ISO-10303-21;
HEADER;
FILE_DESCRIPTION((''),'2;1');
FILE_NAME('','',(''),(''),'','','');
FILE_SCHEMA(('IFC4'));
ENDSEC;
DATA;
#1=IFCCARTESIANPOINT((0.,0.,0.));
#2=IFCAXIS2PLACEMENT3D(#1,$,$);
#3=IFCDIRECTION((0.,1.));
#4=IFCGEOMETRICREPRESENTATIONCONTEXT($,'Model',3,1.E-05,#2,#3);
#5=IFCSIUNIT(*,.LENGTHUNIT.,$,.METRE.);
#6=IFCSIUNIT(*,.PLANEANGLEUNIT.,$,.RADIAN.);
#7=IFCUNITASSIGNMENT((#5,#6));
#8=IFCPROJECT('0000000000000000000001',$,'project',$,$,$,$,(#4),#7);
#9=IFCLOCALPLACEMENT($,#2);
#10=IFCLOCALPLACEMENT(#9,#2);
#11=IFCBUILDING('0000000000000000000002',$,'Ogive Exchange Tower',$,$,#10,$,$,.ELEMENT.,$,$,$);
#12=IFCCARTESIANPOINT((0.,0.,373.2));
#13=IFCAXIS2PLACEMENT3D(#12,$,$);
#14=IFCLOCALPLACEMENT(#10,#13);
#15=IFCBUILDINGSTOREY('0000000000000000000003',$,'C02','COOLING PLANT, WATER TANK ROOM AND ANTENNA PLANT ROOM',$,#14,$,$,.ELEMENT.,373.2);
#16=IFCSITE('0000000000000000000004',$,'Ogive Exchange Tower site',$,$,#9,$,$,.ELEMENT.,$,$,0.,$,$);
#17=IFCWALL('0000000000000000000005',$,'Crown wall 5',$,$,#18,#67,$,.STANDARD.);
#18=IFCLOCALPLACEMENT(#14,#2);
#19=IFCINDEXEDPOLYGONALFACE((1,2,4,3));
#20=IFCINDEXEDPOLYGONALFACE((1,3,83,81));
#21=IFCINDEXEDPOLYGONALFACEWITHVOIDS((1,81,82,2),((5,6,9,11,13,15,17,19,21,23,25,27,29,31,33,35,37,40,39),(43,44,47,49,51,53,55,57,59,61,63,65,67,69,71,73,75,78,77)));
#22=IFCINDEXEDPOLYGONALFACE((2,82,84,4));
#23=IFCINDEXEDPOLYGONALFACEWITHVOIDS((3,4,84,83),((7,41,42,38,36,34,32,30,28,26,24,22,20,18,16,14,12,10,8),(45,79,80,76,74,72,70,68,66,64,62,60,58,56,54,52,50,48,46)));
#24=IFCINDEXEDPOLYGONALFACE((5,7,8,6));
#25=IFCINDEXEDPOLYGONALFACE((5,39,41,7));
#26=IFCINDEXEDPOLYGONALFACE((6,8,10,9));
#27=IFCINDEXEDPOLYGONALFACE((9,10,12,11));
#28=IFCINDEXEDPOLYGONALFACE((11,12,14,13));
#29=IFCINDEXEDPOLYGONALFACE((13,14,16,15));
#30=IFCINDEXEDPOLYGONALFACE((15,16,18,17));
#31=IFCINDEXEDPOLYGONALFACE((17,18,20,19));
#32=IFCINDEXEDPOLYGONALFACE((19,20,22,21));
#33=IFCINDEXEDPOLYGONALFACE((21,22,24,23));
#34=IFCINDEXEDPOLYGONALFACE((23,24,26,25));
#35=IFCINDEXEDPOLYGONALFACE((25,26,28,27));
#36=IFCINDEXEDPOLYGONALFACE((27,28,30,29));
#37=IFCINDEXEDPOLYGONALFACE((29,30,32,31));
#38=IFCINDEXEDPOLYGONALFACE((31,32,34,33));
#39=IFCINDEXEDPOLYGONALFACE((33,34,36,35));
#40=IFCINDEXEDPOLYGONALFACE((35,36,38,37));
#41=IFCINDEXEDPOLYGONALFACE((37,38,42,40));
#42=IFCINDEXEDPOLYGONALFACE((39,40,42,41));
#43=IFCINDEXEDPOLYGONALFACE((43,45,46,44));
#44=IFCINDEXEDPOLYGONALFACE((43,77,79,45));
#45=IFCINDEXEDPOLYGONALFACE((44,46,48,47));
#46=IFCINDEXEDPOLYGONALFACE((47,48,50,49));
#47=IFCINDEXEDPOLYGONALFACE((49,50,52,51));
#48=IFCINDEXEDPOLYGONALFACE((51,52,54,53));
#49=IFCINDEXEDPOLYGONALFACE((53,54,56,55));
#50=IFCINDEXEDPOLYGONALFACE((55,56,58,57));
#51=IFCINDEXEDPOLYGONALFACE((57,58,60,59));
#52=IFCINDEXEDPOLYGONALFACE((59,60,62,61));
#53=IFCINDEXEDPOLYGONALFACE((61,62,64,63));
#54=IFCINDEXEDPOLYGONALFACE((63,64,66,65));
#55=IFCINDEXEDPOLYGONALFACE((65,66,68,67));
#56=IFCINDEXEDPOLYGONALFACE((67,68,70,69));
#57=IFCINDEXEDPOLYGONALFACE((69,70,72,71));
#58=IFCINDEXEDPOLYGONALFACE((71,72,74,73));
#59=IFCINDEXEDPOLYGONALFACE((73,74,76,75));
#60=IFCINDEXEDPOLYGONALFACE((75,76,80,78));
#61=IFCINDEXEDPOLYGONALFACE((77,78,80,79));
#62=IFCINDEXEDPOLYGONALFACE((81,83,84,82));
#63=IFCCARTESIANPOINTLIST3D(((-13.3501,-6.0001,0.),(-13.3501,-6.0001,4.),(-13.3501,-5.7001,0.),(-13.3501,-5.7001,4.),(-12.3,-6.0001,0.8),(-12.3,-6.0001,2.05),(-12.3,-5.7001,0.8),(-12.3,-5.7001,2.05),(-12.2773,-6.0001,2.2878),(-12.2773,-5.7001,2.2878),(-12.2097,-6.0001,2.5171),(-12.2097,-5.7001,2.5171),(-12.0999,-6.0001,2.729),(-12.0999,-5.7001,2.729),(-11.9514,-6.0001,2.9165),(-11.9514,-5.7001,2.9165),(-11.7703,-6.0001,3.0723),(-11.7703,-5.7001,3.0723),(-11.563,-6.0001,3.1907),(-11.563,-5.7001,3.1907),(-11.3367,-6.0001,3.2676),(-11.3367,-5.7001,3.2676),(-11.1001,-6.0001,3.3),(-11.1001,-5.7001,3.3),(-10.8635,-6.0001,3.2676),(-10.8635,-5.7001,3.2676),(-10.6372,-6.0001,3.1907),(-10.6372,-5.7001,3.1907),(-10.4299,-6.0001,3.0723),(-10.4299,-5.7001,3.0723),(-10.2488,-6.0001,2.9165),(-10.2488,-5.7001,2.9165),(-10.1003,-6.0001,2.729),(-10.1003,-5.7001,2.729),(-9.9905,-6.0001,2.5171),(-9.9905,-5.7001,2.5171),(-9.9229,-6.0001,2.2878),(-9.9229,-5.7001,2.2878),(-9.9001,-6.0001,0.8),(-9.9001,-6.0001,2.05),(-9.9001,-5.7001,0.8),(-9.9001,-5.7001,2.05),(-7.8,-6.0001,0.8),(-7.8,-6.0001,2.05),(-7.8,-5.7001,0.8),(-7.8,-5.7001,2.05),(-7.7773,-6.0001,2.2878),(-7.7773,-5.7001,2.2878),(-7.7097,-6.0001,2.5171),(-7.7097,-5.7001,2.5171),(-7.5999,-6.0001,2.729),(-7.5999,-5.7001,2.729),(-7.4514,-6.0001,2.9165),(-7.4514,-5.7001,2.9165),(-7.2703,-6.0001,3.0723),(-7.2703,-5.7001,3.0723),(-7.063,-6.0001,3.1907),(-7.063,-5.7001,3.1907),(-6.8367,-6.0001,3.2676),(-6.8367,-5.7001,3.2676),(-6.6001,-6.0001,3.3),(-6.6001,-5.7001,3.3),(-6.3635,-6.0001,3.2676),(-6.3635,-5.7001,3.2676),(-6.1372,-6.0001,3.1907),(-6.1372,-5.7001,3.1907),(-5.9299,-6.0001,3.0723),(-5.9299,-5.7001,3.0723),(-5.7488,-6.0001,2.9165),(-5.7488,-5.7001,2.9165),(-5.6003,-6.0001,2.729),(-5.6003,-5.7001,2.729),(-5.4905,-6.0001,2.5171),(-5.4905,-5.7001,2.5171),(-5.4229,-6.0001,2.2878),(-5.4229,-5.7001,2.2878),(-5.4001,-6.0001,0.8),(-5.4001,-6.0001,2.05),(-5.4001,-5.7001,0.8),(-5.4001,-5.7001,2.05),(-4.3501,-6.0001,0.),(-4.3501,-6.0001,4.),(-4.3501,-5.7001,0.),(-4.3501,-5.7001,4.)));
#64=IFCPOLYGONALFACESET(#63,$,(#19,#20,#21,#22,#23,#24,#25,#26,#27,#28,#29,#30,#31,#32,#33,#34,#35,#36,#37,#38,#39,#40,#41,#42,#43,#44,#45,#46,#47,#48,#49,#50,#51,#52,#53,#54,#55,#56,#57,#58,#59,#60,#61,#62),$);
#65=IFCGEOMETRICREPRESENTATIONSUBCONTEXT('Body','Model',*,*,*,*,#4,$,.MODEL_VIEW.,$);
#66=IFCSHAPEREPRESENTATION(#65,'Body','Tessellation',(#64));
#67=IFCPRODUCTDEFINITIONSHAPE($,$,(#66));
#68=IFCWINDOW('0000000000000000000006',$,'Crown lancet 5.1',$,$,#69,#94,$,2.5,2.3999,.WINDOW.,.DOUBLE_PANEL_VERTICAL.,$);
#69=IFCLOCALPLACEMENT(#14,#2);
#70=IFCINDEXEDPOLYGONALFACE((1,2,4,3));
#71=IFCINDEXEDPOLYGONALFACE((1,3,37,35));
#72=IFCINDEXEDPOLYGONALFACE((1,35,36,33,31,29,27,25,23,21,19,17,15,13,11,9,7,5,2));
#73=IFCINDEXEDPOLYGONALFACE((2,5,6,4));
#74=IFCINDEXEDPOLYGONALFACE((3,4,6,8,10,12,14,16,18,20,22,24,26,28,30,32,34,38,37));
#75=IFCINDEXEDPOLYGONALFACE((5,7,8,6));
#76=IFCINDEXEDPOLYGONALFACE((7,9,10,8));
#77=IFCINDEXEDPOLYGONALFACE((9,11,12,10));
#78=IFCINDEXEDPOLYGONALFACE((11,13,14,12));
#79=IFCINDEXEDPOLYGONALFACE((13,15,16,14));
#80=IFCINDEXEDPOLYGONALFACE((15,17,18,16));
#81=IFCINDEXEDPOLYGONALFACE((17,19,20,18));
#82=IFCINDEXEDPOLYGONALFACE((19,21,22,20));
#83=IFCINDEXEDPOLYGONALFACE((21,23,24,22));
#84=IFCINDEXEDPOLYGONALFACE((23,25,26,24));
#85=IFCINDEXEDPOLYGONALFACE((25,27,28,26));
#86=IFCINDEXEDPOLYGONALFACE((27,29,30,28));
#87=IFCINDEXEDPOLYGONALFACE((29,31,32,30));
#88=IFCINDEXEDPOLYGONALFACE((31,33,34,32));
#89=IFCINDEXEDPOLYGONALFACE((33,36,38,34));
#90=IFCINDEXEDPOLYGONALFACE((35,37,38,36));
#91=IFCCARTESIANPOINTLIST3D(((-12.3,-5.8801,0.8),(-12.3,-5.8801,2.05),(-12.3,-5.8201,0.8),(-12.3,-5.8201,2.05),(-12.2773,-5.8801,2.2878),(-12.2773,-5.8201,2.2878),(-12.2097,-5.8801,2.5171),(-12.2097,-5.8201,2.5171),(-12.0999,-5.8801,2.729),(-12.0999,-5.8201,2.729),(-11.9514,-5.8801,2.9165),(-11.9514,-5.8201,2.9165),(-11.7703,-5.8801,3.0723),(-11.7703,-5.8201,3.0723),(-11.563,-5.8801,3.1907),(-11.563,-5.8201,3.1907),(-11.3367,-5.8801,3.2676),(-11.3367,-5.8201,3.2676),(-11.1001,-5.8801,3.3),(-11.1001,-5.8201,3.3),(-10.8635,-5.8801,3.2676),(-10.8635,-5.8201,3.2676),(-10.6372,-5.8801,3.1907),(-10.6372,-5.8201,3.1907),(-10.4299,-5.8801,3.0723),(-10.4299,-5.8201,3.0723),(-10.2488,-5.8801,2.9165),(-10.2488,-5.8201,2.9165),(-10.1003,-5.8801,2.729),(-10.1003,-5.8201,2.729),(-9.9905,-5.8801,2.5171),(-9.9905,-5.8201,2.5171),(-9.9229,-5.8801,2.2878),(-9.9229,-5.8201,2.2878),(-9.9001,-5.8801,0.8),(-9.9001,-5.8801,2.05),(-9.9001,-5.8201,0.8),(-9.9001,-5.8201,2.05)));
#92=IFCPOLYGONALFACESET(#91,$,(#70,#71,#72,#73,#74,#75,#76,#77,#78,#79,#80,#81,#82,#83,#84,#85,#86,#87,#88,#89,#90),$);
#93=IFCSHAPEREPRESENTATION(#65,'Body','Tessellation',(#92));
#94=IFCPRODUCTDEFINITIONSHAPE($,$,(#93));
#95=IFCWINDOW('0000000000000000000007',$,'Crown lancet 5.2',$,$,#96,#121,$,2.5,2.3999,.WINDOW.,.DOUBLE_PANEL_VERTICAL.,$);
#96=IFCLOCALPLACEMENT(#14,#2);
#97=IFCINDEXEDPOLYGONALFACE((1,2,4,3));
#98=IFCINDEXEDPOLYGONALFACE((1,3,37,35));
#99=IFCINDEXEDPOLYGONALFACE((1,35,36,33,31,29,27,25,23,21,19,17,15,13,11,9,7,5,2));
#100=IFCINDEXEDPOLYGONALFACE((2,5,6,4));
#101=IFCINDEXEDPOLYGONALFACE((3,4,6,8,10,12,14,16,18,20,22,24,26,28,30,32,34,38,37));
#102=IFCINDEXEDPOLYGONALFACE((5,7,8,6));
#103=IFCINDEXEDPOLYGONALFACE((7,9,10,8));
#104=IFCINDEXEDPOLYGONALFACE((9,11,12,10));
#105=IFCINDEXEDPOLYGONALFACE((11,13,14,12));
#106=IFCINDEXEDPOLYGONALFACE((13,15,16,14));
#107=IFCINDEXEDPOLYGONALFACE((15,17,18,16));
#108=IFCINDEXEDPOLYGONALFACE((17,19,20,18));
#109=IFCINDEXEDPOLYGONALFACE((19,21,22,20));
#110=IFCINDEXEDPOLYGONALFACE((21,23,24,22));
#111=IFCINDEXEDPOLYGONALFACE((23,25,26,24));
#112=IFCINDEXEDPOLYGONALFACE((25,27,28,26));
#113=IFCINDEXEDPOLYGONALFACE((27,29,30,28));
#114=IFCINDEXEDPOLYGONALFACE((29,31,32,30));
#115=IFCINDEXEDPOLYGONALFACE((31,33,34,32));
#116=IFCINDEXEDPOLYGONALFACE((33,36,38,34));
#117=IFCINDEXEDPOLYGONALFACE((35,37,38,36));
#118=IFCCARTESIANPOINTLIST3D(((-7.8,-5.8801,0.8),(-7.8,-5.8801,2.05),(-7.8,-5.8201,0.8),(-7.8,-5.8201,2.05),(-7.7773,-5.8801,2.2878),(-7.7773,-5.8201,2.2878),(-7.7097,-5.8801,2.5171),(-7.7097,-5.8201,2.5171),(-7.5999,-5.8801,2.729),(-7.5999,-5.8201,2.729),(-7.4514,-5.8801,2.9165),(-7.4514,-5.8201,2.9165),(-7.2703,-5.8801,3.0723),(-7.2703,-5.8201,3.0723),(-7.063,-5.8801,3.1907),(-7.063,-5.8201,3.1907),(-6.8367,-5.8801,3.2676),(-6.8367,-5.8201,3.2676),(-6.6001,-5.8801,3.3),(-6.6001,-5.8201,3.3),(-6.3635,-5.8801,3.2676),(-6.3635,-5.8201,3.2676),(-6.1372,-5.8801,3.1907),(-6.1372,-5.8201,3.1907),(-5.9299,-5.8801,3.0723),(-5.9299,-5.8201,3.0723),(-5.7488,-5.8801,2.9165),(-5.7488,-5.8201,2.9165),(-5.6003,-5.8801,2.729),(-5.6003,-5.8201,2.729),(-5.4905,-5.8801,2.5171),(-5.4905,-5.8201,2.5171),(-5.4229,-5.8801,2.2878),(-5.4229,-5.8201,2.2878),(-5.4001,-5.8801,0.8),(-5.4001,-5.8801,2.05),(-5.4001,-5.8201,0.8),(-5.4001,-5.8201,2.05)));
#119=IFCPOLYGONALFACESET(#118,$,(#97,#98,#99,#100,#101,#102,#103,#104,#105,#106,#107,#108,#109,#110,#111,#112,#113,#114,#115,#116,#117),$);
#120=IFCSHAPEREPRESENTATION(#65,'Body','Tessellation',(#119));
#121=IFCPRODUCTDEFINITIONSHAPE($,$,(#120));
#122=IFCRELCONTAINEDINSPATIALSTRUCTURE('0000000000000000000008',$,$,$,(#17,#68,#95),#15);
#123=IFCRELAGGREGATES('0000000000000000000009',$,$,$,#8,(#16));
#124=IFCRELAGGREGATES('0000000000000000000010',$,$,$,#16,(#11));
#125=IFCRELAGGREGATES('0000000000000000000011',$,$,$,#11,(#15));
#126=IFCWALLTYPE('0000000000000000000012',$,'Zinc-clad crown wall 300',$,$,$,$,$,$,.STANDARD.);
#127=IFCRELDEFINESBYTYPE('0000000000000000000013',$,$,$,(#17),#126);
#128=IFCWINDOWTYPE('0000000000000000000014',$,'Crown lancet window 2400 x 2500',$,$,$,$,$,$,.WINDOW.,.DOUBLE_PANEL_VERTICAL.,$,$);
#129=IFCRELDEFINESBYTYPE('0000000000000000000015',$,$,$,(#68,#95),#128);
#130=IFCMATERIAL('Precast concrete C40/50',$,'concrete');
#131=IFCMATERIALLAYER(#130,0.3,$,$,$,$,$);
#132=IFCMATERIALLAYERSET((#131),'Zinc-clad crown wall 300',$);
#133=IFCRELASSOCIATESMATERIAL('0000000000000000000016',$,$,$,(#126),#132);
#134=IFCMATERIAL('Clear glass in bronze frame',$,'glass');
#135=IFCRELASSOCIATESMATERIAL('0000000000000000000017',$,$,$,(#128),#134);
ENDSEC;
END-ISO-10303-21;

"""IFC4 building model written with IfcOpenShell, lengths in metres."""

from ifc_helpers import new_model, si_unit, direction, frame, frame_2d, origin, place, context, subcontext, project, spatial, polyline, rectangle, outline, extrude, material, layer, layer_set, type_object, element, fill, save


model = new_model("IFC4")

# Units and contexts
model_context = context("Model", 3, precision=1e-05, world=origin(), true_north=direction((0.0, 1.0)))
body_context = subcontext(model_context, "Body", "Model", "MODEL_VIEW")
ifc_project = project(units=[si_unit("LENGTHUNIT", "METRE"), si_unit("PLANEANGLEUNIT", "RADIAN")], contexts=[model_context])

# Site, building, storey
site_placement = place(None, origin())
site = spatial("IfcSite", under=ifc_project, at=site_placement, Name="Ogive Exchange Tower site", CompositionType="ELEMENT", RefElevation=0.0)
building_placement = place(site_placement, origin())
building = spatial("IfcBuilding", under=site, at=building_placement, Name="Ogive Exchange Tower", CompositionType="ELEMENT")
storey_placement = place(building_placement, frame((0.0, 0.0, 373.2)))
storey = spatial("IfcBuildingStorey", under=building, at=storey_placement, Name="C02", Description="COOLING PLANT, WATER TANK ROOM AND ANTENNA PLANT ROOM", CompositionType="ELEMENT", Elevation=373.2)

# Wall, openings, windows
ifc_material_1 = material(Name="Precast concrete C40/50", Category="concrete")
ifc_layer_1 = layer(ifc_material_1, 0.3)
ifc_layer_set_1 = layer_set([ifc_layer_1], Name="Zinc-clad crown wall 300")
wall_type_1 = type_object("IfcWallType", Name="Zinc-clad crown wall 300", PredefinedType="STANDARD", material=ifc_layer_set_1)
wall_1_placement = place(storey_placement, frame((-13.3501, -5.8501, 0.0), z_axis=(0.0, 0.0, 1.0), x_axis=(1.0, 0.0, 0.0)))
wall_1 = element("IfcWall", 1, at=wall_1_placement, inside=storey, type_object=wall_type_1, Name="Crown wall 5", PredefinedType="STANDARD", context=body_context, shape_type="SweptSolid", body=[
    extrude(rectangle(XDim=9.0, YDim=0.3, at=frame_2d((4.5, 0.0))), origin(), (0.0, 0.0, 1.0), 4.0),
])
opening_1_placement = place(wall_1_placement, frame((1.05, 0.0, 0.8)))
opening_1 = element("IfcOpeningElement", 2, at=opening_1_placement, cuts=wall_1, PredefinedType="OPENING", context=body_context, shape_type="SweptSolid", body=[
    extrude(outline(polyline([(0.0, 0.0), (2.3999, 0.0), (2.3999, 1.25), (2.3772, 1.4878), (2.3096, 1.717), (2.1997, 1.929), (2.0513, 2.1165), (1.8701, 2.2722), (1.6628, 2.3906), (1.4365, 2.4675), (1.2, 2.5), (0.9634, 2.4675), (0.7371, 2.3906), (0.5298, 2.2722), (0.3486, 2.1165), (0.2002, 1.929), (0.0903, 1.717), (0.0227, 1.4878), (0.0, 1.25), (0.0, 0.0)])), frame((0.0, 0.1599, 0.0), z_axis=(0.0, -1.0, 0.0), x_axis=(1.0, 0.0, 0.0)), (0.0, 0.0, 1.0), 0.3201),
])
opening_2_placement = place(wall_1_placement, frame((5.55, 0.0, 0.8)))
opening_2 = element("IfcOpeningElement", 3, at=opening_2_placement, cuts=wall_1, PredefinedType="OPENING", context=body_context, shape_type="SweptSolid", body=[
    extrude(outline(polyline([(0.0, 0.0), (2.3999, 0.0), (2.3999, 1.25), (2.3772, 1.4878), (2.3096, 1.717), (2.1997, 1.929), (2.0513, 2.1165), (1.8701, 2.2722), (1.6628, 2.3906), (1.4365, 2.4675), (1.2, 2.5), (0.9634, 2.4675), (0.7371, 2.3906), (0.5298, 2.2722), (0.3486, 2.1165), (0.2002, 1.929), (0.0903, 1.717), (0.0227, 1.4878), (0.0, 1.25), (0.0, 0.0)])), frame((0.0, 0.1599, 0.0), z_axis=(0.0, -1.0, 0.0), x_axis=(1.0, 0.0, 0.0)), (0.0, 0.0, 1.0), 0.3201),
])
ifc_material_2 = material(Name="Clear glass in bronze frame", Category="glass")
window_type = type_object("IfcWindowType", Name="Crown lancet window 2400 x 2500", PartitioningType="DOUBLE_PANEL_VERTICAL", PredefinedType="WINDOW", material=ifc_material_2)
window_1_placement = place(opening_1_placement, origin())
window_1 = element("IfcWindow", 4, at=window_1_placement, inside=storey, type_object=window_type, Name="Crown lancet 5.1", OverallHeight=2.5, OverallWidth=2.3999, PartitioningType="DOUBLE_PANEL_VERTICAL", PredefinedType="WINDOW", context=body_context, shape_type="SweptSolid", body=[
    extrude(outline(polyline([(0.0, 0.0), (2.3999, 0.0), (2.3999, 1.25), (2.3772, 1.4878), (2.3096, 1.717), (2.1997, 1.929), (2.0513, 2.1165), (1.8701, 2.2722), (1.6628, 2.3906), (1.4365, 2.4675), (1.2, 2.5), (0.9634, 2.4675), (0.7371, 2.3906), (0.5298, 2.2722), (0.3486, 2.1165), (0.2002, 1.929), (0.0903, 1.717), (0.0227, 1.4878), (0.0, 1.25), (0.0, 0.0)])), frame((0.0, 0.03, 0.0), z_axis=(0.0, -1.0, 0.0), x_axis=(1.0, 0.0, 0.0)), (0.0, 0.0, 1.0), 0.0601),
])
fill(opening_1, window_1)
window_2_placement = place(opening_2_placement, origin())
window_2 = element("IfcWindow", 5, at=window_2_placement, inside=storey, type_object=window_type, Name="Crown lancet 5.2", OverallHeight=2.5, OverallWidth=2.3999, PartitioningType="DOUBLE_PANEL_VERTICAL", PredefinedType="WINDOW", context=body_context, shape_type="SweptSolid", body=[
    extrude(outline(polyline([(0.0, 0.0), (2.3999, 0.0), (2.3999, 1.25), (2.3772, 1.4878), (2.3096, 1.717), (2.1997, 1.929), (2.0513, 2.1165), (1.8701, 2.2722), (1.6628, 2.3906), (1.4365, 2.4675), (1.2, 2.5), (0.9634, 2.4675), (0.7371, 2.3906), (0.5298, 2.2722), (0.3486, 2.1165), (0.2002, 1.929), (0.0903, 1.717), (0.0227, 1.4878), (0.0, 1.25), (0.0, 0.0)])), frame((0.0, 0.03, 0.0), z_axis=(0.0, -1.0, 0.0), x_axis=(1.0, 0.0, 0.0)), (0.0, 0.0, 1.0), 0.0601),
])
fill(opening_2, window_2)

save(model, "model.ifc")
